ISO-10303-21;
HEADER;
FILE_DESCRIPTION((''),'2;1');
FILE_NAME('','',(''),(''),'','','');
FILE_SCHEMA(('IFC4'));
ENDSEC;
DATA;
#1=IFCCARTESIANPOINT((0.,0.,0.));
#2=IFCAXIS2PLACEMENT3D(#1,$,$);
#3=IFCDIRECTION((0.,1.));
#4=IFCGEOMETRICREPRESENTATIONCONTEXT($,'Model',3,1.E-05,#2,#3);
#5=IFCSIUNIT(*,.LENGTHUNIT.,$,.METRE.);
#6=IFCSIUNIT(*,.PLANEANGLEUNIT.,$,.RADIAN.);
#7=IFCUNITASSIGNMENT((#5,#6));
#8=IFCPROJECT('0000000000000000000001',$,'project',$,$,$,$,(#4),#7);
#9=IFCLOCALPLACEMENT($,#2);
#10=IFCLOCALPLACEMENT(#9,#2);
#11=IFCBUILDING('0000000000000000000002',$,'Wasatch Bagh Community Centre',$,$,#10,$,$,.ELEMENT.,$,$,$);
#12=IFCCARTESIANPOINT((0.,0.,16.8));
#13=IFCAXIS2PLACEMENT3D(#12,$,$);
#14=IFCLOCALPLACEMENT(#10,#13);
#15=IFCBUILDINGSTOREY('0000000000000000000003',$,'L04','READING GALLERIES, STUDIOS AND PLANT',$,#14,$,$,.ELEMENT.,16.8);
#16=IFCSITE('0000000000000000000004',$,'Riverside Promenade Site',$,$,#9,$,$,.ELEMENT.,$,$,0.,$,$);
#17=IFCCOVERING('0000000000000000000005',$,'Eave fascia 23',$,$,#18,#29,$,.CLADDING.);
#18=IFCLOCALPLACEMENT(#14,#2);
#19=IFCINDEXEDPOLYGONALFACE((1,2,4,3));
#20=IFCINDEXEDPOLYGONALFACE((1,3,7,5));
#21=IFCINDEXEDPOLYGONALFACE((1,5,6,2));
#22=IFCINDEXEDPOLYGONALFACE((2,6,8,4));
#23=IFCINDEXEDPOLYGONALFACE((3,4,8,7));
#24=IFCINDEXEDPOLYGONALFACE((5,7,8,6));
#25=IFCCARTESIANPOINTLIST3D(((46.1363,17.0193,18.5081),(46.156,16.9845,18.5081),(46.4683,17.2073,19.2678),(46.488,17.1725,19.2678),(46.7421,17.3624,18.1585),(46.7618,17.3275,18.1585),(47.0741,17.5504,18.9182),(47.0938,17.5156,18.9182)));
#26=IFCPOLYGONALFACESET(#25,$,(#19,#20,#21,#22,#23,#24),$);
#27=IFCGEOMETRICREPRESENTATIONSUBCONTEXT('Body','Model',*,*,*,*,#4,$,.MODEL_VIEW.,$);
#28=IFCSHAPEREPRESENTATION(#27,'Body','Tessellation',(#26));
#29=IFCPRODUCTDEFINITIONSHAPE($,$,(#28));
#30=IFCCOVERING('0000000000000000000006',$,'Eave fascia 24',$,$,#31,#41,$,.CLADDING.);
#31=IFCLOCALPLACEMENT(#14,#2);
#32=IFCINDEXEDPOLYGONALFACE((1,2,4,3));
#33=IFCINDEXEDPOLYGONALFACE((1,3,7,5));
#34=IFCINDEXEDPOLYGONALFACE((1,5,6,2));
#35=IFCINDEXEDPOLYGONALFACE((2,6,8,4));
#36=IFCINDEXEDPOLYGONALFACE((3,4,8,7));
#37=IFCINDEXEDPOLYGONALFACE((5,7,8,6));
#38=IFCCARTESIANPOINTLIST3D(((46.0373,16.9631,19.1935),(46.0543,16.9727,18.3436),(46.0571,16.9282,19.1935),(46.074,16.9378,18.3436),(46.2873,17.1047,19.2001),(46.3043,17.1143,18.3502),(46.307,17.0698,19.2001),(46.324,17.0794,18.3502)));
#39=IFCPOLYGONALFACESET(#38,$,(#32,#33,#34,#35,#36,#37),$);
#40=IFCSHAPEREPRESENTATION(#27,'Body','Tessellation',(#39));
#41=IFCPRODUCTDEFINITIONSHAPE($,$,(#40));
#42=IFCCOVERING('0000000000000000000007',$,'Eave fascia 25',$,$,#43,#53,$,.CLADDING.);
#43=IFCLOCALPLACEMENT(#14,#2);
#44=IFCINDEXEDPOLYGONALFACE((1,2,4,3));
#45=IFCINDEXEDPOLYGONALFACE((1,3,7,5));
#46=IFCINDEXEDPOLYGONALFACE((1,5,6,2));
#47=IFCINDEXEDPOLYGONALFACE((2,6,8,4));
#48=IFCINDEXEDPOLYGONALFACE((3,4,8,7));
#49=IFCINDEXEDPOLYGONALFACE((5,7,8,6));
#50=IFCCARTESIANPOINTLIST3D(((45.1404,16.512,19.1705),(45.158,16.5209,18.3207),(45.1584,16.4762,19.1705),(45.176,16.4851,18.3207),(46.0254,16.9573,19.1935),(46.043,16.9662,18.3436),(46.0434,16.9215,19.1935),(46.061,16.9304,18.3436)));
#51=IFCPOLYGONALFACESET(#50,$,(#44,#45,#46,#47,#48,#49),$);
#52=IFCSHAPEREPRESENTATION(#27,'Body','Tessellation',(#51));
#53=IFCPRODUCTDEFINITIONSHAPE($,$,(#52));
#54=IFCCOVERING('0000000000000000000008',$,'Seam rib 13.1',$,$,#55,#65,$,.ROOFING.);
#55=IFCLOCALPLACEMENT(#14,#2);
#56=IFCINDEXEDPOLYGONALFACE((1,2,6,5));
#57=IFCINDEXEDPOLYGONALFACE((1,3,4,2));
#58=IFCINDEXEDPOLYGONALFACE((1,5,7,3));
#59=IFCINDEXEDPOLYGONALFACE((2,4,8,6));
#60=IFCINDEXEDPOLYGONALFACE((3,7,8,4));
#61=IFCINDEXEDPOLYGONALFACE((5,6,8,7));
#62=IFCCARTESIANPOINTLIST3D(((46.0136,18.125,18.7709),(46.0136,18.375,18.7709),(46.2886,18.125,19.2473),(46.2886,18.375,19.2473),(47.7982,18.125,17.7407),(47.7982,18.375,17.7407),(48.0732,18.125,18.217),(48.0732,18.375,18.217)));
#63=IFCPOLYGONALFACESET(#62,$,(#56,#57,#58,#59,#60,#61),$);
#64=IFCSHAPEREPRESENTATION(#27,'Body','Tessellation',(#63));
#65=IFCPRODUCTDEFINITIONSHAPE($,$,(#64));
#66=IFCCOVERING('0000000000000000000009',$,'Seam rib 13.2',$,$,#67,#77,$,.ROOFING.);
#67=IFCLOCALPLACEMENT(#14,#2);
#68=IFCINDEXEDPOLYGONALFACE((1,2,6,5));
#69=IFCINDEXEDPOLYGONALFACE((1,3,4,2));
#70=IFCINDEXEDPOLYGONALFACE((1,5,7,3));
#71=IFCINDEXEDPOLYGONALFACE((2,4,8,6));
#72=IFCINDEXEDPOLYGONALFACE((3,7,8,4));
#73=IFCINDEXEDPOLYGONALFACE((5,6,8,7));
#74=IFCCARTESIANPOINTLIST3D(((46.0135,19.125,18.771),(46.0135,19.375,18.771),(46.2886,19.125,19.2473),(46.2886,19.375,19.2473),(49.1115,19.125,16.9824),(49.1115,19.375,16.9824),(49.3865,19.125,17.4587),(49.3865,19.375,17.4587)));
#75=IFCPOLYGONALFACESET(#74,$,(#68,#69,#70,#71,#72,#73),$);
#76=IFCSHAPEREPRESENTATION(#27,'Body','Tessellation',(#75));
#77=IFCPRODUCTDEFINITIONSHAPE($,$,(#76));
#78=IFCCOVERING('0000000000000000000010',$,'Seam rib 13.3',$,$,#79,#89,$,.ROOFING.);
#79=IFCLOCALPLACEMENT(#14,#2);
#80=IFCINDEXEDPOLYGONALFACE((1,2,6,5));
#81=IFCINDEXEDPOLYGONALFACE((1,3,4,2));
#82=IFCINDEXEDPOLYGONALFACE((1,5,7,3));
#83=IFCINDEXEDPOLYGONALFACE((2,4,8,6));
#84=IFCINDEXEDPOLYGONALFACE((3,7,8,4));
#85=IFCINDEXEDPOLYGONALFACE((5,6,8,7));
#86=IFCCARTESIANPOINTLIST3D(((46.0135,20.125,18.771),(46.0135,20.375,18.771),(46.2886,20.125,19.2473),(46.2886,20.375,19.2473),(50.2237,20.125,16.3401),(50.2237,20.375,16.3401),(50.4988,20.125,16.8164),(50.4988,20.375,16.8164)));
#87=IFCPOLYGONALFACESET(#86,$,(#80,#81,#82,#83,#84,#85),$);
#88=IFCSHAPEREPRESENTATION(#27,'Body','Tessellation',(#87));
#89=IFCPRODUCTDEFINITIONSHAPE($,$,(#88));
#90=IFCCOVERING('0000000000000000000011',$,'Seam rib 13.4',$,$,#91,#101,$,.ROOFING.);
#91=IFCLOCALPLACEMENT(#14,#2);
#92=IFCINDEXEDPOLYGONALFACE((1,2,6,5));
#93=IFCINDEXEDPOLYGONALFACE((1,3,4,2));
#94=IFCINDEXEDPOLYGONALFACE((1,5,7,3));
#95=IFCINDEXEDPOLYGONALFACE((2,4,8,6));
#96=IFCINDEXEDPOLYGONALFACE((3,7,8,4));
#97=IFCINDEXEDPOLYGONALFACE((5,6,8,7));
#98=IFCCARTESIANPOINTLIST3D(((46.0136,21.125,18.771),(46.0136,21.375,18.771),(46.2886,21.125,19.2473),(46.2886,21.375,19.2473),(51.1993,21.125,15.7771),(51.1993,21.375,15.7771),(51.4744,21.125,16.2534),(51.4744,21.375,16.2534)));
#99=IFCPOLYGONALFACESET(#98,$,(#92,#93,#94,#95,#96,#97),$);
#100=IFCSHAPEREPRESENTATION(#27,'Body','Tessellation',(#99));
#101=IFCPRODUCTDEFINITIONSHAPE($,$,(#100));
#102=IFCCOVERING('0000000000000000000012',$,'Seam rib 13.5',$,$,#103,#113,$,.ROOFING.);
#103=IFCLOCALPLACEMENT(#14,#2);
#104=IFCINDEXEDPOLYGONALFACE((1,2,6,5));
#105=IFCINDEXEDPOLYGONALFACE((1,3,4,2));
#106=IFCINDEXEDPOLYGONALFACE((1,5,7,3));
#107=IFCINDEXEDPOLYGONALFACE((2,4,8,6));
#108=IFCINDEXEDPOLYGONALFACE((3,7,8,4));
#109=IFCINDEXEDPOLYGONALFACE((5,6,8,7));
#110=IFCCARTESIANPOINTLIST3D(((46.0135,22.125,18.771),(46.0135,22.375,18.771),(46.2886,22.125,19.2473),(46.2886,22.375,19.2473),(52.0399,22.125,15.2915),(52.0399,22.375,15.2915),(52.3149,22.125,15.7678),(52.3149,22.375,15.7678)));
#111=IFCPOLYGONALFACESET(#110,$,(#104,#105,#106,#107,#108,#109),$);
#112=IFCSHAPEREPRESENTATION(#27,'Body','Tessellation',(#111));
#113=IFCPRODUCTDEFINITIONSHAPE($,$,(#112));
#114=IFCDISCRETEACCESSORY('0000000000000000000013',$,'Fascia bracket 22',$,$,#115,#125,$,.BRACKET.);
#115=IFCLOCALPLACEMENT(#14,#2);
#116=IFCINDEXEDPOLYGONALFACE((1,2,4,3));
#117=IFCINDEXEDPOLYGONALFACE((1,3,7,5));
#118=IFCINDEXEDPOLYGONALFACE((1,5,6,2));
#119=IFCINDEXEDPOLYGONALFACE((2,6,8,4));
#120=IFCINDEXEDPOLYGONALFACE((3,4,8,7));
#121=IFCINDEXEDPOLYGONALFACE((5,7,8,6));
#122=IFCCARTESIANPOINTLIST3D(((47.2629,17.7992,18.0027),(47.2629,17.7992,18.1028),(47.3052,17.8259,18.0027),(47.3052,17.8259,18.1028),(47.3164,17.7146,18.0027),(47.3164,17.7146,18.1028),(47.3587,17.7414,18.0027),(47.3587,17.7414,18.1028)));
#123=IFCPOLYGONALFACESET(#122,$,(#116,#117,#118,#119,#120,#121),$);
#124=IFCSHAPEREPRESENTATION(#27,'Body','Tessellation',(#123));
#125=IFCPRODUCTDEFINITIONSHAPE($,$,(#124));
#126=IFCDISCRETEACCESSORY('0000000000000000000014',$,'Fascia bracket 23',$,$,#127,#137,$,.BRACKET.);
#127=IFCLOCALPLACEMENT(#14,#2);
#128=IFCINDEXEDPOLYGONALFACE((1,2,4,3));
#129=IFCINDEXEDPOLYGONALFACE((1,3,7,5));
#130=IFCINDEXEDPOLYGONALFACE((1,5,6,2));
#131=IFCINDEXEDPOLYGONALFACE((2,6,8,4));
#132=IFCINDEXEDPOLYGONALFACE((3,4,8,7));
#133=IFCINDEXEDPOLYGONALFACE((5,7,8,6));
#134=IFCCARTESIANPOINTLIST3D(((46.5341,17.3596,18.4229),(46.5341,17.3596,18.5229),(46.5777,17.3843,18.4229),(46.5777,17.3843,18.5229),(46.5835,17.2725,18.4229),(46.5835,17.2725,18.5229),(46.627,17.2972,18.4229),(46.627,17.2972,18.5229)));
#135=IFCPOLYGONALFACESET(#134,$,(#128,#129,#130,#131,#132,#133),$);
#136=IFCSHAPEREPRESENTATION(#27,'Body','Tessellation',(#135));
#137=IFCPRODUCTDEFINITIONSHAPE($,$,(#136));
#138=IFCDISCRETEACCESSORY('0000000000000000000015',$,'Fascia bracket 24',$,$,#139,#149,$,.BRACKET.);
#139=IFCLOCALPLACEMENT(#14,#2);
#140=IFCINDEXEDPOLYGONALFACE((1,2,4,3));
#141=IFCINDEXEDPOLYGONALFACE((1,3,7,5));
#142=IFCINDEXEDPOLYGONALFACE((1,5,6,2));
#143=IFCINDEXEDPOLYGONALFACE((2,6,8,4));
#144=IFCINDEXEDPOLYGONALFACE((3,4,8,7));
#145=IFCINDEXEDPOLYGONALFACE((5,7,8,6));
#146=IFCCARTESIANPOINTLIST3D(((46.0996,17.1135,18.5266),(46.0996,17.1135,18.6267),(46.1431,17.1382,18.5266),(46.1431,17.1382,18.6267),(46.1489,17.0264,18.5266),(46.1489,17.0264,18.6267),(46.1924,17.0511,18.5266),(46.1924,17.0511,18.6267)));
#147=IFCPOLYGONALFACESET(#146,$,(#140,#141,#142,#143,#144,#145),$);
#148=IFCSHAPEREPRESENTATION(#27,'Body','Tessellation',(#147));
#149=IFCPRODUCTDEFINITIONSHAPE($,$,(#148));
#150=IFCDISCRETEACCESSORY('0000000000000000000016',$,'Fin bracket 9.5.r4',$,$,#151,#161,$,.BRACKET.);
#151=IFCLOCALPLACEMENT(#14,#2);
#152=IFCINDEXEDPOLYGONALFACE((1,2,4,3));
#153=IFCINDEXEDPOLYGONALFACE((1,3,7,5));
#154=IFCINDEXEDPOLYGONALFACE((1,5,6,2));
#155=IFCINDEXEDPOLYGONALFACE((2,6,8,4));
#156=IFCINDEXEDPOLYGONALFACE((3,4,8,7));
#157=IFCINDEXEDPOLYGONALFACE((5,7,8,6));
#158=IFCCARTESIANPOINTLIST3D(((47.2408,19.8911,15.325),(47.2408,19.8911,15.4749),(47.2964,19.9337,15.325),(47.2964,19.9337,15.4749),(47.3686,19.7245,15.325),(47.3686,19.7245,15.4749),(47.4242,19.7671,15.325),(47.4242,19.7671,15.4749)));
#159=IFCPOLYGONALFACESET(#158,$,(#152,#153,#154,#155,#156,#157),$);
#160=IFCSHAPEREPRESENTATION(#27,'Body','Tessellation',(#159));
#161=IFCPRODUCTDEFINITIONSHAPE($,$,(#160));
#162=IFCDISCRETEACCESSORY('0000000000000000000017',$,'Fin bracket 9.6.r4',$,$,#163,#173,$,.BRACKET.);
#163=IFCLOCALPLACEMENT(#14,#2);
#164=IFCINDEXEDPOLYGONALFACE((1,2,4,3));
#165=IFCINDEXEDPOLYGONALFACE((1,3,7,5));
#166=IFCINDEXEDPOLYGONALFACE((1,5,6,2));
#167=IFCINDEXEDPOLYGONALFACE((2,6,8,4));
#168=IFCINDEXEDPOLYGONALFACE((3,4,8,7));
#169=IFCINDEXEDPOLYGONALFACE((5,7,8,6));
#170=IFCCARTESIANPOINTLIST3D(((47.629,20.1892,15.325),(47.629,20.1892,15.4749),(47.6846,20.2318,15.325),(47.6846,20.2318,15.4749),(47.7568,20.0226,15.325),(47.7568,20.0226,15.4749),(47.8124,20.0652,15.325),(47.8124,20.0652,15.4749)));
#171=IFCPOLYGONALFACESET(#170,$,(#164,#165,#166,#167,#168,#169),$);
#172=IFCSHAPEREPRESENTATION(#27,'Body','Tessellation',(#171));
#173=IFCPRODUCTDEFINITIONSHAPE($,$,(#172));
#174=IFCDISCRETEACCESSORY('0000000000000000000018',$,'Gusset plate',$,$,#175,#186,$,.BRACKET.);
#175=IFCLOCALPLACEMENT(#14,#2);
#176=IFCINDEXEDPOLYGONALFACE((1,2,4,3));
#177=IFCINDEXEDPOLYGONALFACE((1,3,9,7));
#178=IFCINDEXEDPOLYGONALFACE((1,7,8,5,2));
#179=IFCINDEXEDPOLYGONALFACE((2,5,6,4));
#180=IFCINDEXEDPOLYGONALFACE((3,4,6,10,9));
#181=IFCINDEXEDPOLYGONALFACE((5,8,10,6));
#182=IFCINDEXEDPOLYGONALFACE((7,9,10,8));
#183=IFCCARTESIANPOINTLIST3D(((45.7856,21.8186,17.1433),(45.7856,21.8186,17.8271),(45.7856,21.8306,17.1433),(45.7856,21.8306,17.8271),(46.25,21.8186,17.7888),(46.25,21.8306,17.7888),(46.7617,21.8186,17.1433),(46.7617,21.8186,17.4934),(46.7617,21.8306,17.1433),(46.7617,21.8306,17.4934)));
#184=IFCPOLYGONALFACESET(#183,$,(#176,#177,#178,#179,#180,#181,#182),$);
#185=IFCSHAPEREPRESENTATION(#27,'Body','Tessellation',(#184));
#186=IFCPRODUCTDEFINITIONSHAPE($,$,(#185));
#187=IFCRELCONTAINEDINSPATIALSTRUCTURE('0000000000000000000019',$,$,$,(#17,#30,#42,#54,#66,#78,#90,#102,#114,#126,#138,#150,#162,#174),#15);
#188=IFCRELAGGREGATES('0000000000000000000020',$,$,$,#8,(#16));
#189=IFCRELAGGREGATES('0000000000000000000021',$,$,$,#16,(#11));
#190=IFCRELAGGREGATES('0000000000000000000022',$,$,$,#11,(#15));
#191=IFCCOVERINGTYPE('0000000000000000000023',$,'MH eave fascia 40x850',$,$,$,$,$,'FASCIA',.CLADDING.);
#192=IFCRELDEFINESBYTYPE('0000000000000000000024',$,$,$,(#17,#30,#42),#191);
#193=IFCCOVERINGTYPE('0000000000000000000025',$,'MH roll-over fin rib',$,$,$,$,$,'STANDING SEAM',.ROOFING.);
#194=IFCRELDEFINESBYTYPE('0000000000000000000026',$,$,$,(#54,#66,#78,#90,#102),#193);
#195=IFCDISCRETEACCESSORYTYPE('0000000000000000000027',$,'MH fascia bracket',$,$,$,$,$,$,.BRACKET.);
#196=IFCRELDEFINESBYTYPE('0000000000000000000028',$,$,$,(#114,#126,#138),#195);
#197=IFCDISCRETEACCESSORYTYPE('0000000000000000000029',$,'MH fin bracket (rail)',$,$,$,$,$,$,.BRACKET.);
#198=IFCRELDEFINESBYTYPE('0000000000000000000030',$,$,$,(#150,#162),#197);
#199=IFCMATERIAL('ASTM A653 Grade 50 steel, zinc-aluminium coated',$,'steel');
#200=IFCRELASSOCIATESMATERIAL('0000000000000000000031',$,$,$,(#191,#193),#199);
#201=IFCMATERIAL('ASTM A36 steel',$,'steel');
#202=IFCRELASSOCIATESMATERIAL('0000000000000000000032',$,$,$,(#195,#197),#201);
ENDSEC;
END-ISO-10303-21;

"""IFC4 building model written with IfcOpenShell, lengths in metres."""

from ifc_helpers import new_model, si_unit, direction, frame, origin, origin_2d, place, context, subcontext, project, spatial, polyline, rectangle, outline, extrude, material, material_profile, profile_set, type_object, element, save


model = new_model("IFC4")

# Units and contexts
model_context = context("Model", 3, precision=1e-05, world=origin(), true_north=direction((0.0, 1.0)))
body_context = subcontext(model_context, "Body", "Model", "MODEL_VIEW")
ifc_project = project(units=[si_unit("LENGTHUNIT", "METRE"), si_unit("PLANEANGLEUNIT", "RADIAN")], contexts=[model_context])

# Site, building, storey
site_placement = place(None, origin())
site = spatial("IfcSite", under=ifc_project, at=site_placement, Name="Riverside Promenade Site", CompositionType="ELEMENT", RefElevation=0.0)
building_placement = place(site_placement, origin())
building = spatial("IfcBuilding", under=site, at=building_placement, Name="Wasatch Bagh Community Centre", CompositionType="ELEMENT")
storey_placement = place(building_placement, frame((0.0, 0.0, 16.8)))
storey = spatial("IfcBuildingStorey", under=building, at=storey_placement, Name="L04", Description="READING GALLERIES, STUDIOS AND PLANT", CompositionType="ELEMENT", Elevation=16.8)

# Coverings
ifc_material_1 = material(Name="ASTM A653 Grade 50 steel, zinc-aluminium coated", Category="steel")
ifc_material_profile_1 = material_profile(ifc_material_1, rectangle(XDim=0.04, YDim=0.8501, at=origin_2d()), Name="FASCIA 40x850")
ifc_profile_set_1 = profile_set([ifc_material_profile_1], Name="ASTM A653 Grade 50 steel, zinc-aluminium coated")
covering_type_1 = type_object("IfcCoveringType", Name="MH eave fascia 40x850", ElementType="FASCIA", PredefinedType="CLADDING", material=ifc_profile_set_1)
covering_1_placement = place(storey_placement, frame((46.918, 17.439, 18.5383), z_axis=(-0.777594, -0.440354, 0.448817), x_axis=(0.492774, -0.870158, 0.0)))
element("IfcCovering", 1, at=covering_1_placement, inside=storey, type_object=covering_type_1, Name="Eave fascia 23", PredefinedType="CLADDING", context=body_context, shape_type="SweptSolid", body=[
    extrude(rectangle(XDim=0.04, YDim=0.8501, at=origin_2d()), origin(), (0.0, 0.0, 1.0), 0.7791),
])
covering_2_placement = place(storey_placement, frame((46.3057, 17.092, 18.7751), z_axis=(-0.86989, -0.492711, -0.022937), x_axis=(0.492841, -0.870119, 0.0)))
element("IfcCovering", 2, at=covering_2_placement, inside=storey, type_object=covering_type_1, Name="Eave fascia 24", PredefinedType="CLADDING", context=body_context, shape_type="SweptSolid", body=[
    extrude(rectangle(XDim=0.04, YDim=0.8501, at=origin_2d()), origin(), (0.0, 0.0, 1.0), 0.2874),
])
covering_3_placement = place(storey_placement, frame((46.0432, 16.9438, 18.7686), z_axis=(-0.893051, -0.449359, -0.023158), x_axis=(0.449479, -0.893291, 0.0)))
element("IfcCovering", 3, at=covering_3_placement, inside=storey, type_object=covering_type_1, Name="Eave fascia 25", PredefinedType="CLADDING", context=body_context, shape_type="SweptSolid", body=[
    extrude(rectangle(XDim=0.04, YDim=0.8501, at=origin_2d()), origin(), (0.0, 0.0, 1.0), 0.991),
])
covering_type_2 = type_object("IfcCoveringType", Name="MH roll-over fin rib", ElementType="STANDING SEAM", PredefinedType="ROOFING", material=ifc_material_1)
covering_4_placement = place(storey_placement, frame((46.2886, 18.125, 19.2473), z_axis=(0.499962, 0.0, 0.866047), x_axis=(0.866047, 0.0, -0.499962)))
element("IfcCovering", 4, at=covering_4_placement, inside=storey, type_object=covering_type_2, Name="Seam rib 13.1", PredefinedType="ROOFING", context=body_context, shape_type="SweptSolid", body=[
    extrude(outline(polyline([(0.0, 0.0), (2.0607, 0.0), (2.0607, 0.25), (0.0, 0.25), (0.0, 0.0)])), origin(), (0.0, 0.0, -1.0), 0.55),
])
covering_5_placement = place(storey_placement, frame((46.2886, 19.125, 19.2473), z_axis=(0.5, 0.0, 0.866025), x_axis=(0.866025, 0.0, -0.5)))
element("IfcCovering", 5, at=covering_5_placement, inside=storey, type_object=covering_type_2, Name="Seam rib 13.2", PredefinedType="ROOFING", context=body_context, shape_type="SweptSolid", body=[
    extrude(outline(polyline([(0.0, 0.0), (3.5771, 0.0), (3.5771, 0.25), (0.0, 0.25), (0.0, 0.0)])), origin(), (0.0, 0.0, -1.0), 0.55),
])
covering_6_placement = place(storey_placement, frame((46.2886, 20.125, 19.2473), z_axis=(0.500022, 0.0, 0.866012), x_axis=(0.866012, 0.0, -0.500022)))
element("IfcCovering", 6, at=covering_6_placement, inside=storey, type_object=covering_type_2, Name="Seam rib 13.3", PredefinedType="ROOFING", context=body_context, shape_type="SweptSolid", body=[
    extrude(outline(polyline([(0.0, 0.0), (4.8616, 0.0), (4.8616, 0.25), (0.0, 0.25), (0.0, 0.0)])), origin(), (0.0, 0.0, -1.0), 0.55),
])
covering_7_placement = place(storey_placement, frame((46.2886, 21.125, 19.2473), z_axis=(0.499985, 0.0, 0.866034), x_axis=(0.866034, 0.0, -0.499985)))
element("IfcCovering", 7, at=covering_7_placement, inside=storey, type_object=covering_type_2, Name="Seam rib 13.4", PredefinedType="ROOFING", context=body_context, shape_type="SweptSolid", body=[
    extrude(outline(polyline([(0.0, 0.0), (5.988, 0.0), (5.988, 0.25), (0.0, 0.25), (0.0, 0.0)])), origin(), (0.0, 0.0, -1.0), 0.55),
])
covering_8_placement = place(storey_placement, frame((46.2886, 22.125, 19.2473), z_axis=(0.500018, 0.0, 0.866015), x_axis=(0.866015, 0.0, -0.500018)))
element("IfcCovering", 8, at=covering_8_placement, inside=storey, type_object=covering_type_2, Name="Seam rib 13.5", PredefinedType="ROOFING", context=body_context, shape_type="SweptSolid", body=[
    extrude(outline(polyline([(0.0, 0.0), (6.9587, 0.0), (6.9587, 0.25), (0.0, 0.25), (0.0, 0.0)])), origin(), (0.0, 0.0, -1.0), 0.55),
])

# Discrete accessories
ifc_material_2 = material(Name="ASTM A36 steel", Category="steel")
discrete_accessory_type_1 = type_object("IfcDiscreteAccessoryType", Name="MH fascia bracket", PredefinedType="BRACKET", material=ifc_material_2)
for number, where, z_axis, x_axis, name in (
    (9, (47.3108, 17.7703, 18.0027), (0.0, 0.0, 1.0), (0.534998, -0.844854, 0.0), "Fascia bracket 22"),
    (10, (46.5806, 17.3284, 18.4229), (0.0, 0.0, 1.0), (0.492898, -0.870087, 0.0), "Fascia bracket 23"),
    (11, (46.146, 17.0823, 18.5266), (0.0, 0.0, 1.0), (0.492898, -0.870087, 0.0), "Fascia bracket 24"),
):
    element("IfcDiscreteAccessory", number, at=place(storey_placement, frame(where, z_axis=z_axis, x_axis=x_axis)), inside=storey, type_object=discrete_accessory_type_1, Name=name, PredefinedType="BRACKET", context=body_context, shape_type="SweptSolid", body=[
        extrude(rectangle(XDim=0.1001, YDim=0.05, at=origin_2d()), origin(), (0.0, 0.0, 1.0), 0.1001),
    ])
discrete_accessory_type_2 = type_object("IfcDiscreteAccessoryType", Name="MH fin bracket (rail)", PredefinedType="BRACKET", material=ifc_material_2)
for number, where, z_axis, x_axis, name in (
    (12, (47.3325, 19.8291, 15.325), (0.0, 0.0, 1.0), (0.793353, 0.608761, 0.0), "Fin bracket 9.5.r4"),
    (13, (47.7207, 20.1272, 15.325), (0.0, 0.0, 1.0), (0.793353, 0.608761, 0.0), "Fin bracket 9.6.r4"),
):
    element("IfcDiscreteAccessory", number, at=place(storey_placement, frame(where, z_axis=z_axis, x_axis=x_axis)), inside=storey, type_object=discrete_accessory_type_2, Name=name, PredefinedType="BRACKET", context=body_context, shape_type="SweptSolid", body=[
        extrude(rectangle(XDim=0.0701, YDim=0.21, at=origin_2d()), origin(), (0.0, 0.0, 1.0), 0.1499),
    ])
discrete_accessory_placement = place(storey_placement, frame((45.7856, 21.8306, 17.8271), z_axis=(0.0, 1.0, 0.0), x_axis=(0.99661, 0.0, -0.082265)))
element("IfcDiscreteAccessory", 14, at=discrete_accessory_placement, inside=storey, Name="Gusset plate", PredefinedType="BRACKET", context=body_context, shape_type="SweptSolid", body=[
    extrude(outline(polyline([(0.0, 0.0), (0.4659, 0.0), (1.0002, 0.2523), (1.029, 0.6012), (0.0563, 0.6815), (0.0, 0.0)])), origin(), (0.0, 0.0, -1.0), 0.012),
])

save(model, "model.ifc")
